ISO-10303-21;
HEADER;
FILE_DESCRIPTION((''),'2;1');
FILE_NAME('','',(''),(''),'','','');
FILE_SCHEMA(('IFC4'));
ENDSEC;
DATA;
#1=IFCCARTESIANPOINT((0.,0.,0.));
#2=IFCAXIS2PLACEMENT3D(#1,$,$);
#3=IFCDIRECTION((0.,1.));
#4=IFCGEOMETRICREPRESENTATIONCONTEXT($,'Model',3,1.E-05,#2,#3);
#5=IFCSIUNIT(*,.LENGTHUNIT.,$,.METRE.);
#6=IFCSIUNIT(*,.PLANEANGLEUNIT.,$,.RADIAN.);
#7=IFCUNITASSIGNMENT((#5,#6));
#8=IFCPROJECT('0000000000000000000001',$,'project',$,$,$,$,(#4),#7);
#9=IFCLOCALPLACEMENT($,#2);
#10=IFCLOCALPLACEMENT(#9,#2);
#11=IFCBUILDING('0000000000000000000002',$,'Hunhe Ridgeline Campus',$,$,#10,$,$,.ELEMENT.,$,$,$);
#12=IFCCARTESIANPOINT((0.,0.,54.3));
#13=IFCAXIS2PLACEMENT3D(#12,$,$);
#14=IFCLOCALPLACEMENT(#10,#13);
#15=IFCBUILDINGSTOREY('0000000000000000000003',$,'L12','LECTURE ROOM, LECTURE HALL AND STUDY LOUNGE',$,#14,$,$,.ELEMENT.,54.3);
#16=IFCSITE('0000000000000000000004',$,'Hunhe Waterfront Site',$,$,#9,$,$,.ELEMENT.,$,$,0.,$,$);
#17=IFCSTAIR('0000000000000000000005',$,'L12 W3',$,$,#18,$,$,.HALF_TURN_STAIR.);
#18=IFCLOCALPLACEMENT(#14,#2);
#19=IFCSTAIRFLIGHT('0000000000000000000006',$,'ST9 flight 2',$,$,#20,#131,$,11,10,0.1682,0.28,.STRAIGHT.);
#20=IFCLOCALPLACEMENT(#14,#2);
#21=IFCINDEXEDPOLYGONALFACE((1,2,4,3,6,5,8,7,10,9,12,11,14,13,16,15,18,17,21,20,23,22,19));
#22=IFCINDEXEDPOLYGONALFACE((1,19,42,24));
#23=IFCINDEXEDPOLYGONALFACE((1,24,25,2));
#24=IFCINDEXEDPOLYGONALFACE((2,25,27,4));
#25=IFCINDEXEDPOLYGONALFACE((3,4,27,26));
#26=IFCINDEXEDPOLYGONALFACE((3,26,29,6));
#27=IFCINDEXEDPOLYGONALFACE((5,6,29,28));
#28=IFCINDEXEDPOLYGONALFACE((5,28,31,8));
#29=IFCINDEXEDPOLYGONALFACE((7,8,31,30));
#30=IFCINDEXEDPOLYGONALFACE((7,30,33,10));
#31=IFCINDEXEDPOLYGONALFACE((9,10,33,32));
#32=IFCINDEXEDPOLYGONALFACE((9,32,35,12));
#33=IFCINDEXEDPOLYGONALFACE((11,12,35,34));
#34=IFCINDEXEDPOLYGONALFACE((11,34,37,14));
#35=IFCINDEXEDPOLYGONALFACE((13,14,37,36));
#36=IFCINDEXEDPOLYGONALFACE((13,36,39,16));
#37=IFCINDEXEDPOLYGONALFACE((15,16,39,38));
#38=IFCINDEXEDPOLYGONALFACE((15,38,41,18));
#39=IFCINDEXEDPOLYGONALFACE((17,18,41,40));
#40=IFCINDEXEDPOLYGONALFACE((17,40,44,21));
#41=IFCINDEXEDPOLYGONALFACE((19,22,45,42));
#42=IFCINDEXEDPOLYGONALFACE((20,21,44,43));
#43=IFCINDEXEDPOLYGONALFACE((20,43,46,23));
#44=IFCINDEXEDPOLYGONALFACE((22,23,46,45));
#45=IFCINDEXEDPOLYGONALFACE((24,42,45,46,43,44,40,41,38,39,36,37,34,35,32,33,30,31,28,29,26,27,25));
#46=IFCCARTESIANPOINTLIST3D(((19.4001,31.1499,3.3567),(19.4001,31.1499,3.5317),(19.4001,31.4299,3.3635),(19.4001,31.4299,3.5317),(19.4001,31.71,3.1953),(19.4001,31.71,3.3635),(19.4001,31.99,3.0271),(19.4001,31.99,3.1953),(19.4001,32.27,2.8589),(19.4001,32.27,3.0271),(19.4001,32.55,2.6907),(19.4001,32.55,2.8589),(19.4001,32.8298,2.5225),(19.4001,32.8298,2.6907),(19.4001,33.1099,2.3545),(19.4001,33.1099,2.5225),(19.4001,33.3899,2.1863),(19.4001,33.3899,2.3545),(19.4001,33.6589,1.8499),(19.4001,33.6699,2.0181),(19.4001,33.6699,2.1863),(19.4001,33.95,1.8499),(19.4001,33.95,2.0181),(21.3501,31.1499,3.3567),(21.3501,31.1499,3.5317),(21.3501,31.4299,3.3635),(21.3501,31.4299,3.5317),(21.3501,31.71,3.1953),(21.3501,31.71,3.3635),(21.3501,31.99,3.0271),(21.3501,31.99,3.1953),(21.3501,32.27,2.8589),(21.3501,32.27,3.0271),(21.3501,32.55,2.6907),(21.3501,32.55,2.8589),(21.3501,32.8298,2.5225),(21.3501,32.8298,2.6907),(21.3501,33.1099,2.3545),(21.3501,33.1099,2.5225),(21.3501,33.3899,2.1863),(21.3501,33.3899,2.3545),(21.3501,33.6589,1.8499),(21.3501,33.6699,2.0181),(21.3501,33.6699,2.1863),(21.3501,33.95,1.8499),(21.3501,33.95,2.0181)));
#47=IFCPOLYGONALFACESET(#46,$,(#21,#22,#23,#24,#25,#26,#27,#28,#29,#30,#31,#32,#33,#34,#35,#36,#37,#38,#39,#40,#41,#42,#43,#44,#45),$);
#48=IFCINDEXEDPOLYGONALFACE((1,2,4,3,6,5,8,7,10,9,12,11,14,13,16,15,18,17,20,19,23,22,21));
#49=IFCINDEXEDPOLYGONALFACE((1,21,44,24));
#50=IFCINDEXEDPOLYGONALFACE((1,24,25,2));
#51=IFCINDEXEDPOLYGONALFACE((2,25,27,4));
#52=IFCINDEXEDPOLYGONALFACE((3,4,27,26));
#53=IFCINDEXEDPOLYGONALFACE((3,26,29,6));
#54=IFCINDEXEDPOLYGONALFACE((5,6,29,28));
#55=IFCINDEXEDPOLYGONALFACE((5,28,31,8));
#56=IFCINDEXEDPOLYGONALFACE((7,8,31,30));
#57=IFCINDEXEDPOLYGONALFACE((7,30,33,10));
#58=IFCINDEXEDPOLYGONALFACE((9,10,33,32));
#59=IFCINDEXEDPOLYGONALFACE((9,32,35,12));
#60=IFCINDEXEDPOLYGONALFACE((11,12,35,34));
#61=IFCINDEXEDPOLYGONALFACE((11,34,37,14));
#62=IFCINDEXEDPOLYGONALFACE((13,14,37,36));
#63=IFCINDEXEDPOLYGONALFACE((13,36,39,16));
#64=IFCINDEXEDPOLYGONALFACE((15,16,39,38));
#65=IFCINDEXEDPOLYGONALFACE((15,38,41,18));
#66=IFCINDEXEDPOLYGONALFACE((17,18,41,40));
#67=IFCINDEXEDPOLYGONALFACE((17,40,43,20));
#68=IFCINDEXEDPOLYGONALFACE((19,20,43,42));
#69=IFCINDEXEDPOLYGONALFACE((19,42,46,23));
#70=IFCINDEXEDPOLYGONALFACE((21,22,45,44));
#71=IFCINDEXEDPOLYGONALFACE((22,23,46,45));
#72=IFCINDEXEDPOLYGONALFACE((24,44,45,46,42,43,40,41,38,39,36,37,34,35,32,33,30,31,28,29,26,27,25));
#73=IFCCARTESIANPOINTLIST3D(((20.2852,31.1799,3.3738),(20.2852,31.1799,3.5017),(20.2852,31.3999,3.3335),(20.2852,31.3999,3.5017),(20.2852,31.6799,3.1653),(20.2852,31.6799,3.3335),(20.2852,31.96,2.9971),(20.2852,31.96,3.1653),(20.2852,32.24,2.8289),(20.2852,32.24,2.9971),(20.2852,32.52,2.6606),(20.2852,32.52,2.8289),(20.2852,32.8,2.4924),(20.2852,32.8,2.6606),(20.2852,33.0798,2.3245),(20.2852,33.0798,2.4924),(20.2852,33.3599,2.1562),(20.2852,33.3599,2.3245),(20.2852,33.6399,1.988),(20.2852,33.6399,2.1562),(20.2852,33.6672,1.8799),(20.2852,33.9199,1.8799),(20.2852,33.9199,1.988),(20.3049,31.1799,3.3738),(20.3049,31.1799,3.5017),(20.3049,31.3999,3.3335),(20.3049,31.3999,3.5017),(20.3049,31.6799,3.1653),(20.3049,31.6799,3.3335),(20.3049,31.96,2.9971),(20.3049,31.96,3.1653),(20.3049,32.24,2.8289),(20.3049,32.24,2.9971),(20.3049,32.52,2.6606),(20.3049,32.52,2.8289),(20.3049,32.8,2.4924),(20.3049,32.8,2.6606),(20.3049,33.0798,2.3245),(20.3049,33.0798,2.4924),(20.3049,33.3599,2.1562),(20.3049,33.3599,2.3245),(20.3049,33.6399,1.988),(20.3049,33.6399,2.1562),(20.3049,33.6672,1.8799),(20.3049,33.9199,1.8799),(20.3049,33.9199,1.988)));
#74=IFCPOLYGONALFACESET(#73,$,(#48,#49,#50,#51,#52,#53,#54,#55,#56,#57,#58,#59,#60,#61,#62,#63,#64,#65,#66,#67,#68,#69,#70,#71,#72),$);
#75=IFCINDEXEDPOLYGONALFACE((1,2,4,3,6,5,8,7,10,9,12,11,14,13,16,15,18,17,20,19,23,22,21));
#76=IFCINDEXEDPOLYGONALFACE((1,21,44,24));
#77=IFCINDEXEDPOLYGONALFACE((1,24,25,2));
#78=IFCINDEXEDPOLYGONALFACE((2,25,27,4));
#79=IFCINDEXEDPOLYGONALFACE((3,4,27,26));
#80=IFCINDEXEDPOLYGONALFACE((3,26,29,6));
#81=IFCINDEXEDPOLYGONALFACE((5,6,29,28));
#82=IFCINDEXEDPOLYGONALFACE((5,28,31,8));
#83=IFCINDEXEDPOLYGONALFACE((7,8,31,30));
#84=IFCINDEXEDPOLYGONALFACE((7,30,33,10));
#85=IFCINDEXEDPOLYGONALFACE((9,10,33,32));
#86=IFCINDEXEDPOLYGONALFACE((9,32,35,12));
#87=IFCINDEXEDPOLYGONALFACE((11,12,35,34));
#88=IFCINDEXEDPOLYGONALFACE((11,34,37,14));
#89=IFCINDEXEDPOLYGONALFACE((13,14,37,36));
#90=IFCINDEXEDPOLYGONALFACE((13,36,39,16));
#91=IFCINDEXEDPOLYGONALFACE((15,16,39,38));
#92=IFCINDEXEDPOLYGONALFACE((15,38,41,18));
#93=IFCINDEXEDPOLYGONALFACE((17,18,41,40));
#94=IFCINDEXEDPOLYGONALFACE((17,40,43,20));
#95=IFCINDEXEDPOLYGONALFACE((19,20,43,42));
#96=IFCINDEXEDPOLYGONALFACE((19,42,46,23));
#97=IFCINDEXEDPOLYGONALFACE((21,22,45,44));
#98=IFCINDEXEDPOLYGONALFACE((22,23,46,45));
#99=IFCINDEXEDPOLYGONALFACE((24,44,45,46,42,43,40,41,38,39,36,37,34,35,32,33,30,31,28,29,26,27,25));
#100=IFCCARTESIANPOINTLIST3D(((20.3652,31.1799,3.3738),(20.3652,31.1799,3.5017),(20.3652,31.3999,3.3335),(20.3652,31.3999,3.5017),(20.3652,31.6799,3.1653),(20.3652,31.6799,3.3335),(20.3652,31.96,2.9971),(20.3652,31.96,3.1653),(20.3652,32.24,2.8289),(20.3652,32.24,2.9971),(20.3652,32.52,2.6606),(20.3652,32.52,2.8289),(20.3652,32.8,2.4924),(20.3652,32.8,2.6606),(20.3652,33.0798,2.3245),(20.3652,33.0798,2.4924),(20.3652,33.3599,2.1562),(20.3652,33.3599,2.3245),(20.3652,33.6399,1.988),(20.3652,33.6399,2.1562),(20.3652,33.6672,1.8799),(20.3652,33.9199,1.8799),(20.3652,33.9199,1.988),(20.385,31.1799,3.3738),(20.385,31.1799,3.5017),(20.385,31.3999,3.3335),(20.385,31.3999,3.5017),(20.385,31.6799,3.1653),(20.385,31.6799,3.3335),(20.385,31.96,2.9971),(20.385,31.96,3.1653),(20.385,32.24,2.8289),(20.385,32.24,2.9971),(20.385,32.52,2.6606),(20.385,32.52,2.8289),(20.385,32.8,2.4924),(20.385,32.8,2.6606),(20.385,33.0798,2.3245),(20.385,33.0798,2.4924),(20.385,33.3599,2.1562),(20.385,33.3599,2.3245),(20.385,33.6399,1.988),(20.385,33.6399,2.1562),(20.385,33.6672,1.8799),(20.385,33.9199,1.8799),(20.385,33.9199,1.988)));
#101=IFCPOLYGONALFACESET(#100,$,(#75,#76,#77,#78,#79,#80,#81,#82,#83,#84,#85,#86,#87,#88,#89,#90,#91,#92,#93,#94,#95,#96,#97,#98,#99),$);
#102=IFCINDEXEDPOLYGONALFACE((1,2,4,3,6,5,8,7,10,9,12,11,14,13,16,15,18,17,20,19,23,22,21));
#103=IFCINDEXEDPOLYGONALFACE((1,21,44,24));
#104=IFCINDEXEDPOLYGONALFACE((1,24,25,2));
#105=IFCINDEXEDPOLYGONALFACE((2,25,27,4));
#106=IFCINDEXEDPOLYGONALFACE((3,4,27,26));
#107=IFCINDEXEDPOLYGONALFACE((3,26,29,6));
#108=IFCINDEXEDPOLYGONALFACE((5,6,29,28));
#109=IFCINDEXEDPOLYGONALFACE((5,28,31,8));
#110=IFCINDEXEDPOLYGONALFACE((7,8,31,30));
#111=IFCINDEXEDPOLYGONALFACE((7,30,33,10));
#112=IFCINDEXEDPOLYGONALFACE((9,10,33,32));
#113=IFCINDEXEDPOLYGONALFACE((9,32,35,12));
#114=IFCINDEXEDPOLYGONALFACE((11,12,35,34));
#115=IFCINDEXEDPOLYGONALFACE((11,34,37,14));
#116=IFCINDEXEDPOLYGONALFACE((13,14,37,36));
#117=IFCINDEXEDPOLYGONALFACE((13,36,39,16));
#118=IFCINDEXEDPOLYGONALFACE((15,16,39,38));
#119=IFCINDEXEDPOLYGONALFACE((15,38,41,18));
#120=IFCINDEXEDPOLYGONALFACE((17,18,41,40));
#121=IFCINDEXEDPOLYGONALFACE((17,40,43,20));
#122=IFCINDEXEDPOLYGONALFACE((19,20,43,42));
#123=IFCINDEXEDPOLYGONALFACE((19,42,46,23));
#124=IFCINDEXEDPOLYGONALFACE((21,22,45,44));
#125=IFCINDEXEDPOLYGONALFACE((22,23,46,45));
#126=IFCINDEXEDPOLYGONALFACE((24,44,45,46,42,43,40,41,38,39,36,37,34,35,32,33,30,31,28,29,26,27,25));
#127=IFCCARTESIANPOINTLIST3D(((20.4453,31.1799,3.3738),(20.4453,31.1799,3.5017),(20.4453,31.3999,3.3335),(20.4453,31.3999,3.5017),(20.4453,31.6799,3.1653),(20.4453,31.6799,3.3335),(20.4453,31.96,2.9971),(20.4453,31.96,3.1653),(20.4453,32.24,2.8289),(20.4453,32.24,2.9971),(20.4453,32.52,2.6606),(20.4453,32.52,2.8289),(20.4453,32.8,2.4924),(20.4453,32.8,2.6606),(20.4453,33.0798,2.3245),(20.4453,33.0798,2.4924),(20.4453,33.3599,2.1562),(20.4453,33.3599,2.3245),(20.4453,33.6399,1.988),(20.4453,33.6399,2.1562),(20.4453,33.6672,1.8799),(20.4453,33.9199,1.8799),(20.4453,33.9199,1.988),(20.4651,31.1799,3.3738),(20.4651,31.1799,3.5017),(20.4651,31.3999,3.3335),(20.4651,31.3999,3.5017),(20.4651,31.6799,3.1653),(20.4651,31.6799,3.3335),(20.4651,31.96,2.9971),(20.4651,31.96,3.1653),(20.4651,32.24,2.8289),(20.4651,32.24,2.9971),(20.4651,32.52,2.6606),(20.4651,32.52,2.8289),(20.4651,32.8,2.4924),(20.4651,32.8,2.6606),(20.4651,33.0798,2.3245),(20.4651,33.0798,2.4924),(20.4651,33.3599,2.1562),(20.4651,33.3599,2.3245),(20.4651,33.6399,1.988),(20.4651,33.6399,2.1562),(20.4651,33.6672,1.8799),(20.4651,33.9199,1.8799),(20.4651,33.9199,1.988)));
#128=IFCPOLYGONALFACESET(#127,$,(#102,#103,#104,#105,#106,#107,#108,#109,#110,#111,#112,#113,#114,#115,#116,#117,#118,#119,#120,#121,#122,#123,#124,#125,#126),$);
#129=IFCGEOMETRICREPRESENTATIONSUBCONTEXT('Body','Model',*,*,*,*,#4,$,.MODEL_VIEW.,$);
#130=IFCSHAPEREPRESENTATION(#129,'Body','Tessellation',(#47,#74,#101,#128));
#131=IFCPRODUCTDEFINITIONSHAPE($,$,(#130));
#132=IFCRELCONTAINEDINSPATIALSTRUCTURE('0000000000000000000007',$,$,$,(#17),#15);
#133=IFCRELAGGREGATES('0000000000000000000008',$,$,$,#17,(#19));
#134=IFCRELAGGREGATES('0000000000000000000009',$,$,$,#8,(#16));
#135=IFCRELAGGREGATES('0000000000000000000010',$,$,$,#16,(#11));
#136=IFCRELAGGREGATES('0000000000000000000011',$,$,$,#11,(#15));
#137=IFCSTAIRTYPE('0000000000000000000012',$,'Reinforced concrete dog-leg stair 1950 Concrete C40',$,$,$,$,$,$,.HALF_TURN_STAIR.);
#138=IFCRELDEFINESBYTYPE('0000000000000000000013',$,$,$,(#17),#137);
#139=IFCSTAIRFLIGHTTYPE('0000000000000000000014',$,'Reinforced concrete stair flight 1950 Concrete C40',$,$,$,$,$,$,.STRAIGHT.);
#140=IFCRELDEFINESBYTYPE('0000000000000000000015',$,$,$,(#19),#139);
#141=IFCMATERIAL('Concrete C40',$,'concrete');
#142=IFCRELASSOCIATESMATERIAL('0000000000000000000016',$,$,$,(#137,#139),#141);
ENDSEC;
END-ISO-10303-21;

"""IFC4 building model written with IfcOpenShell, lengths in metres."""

from ifc_helpers import new_model, si_unit, direction, frame, origin, place, context, subcontext, project, spatial, polyline, outline, extrude, material, type_object, element, aggregate, save


model = new_model("IFC4")

# Units and contexts
model_context = context("Model", 3, precision=1e-05, world=origin(), true_north=direction((0.0, 1.0)))
body_context = subcontext(model_context, "Body", "Model", "MODEL_VIEW")
ifc_project = project(units=[si_unit("LENGTHUNIT", "METRE"), si_unit("PLANEANGLEUNIT", "RADIAN")], contexts=[model_context])

# Site, building, storey
site_placement = place(None, origin())
site = spatial("IfcSite", under=ifc_project, at=site_placement, Name="Hunhe Waterfront Site", CompositionType="ELEMENT", RefElevation=0.0)
building_placement = place(site_placement, origin())
building = spatial("IfcBuilding", under=site, at=building_placement, Name="Hunhe Ridgeline Campus", CompositionType="ELEMENT")
storey_placement = place(building_placement, frame((0.0, 0.0, 54.3)))
storey = spatial("IfcBuildingStorey", under=building, at=storey_placement, Name="L12", Description="LECTURE ROOM, LECTURE HALL AND STUDY LOUNGE", CompositionType="ELEMENT", Elevation=54.3)

# Stair, stair flight
ifc_material_1 = material(Name="Concrete C40", Category="concrete")
stair_type = type_object("IfcStairType", Name="Reinforced concrete dog-leg stair 1950 Concrete C40", PredefinedType="HALF_TURN_STAIR", material=ifc_material_1)
stair_placement = place(storey_placement, origin())
stair = element("IfcStair", 1, at=stair_placement, inside=storey, type_object=stair_type, Name="L12 W3", PredefinedType="HALF_TURN_STAIR")
stair_flight_type = type_object("IfcStairFlightType", Name="Reinforced concrete stair flight 1950 Concrete C40", PredefinedType="STRAIGHT", material=ifc_material_1)
stair_flight_placement = place(storey_placement, frame((20.375, 33.95, 1.8499), z_axis=(0.0, 0.0, 1.0), x_axis=(0.0, -1.0, 0.0)))
stair_flight = element("IfcStairFlight", 2, at=stair_flight_placement, type_object=stair_flight_type, Name="ST9 flight 2", NumberOfRisers=11, NumberOfTreads=10, PredefinedType="STRAIGHT", RiserHeight=0.1682, TreadLength=0.28, context=body_context, shape_type="SweptSolid", body=[
    extrude(outline(polyline([(0.0, 0.0), (0.0, 0.1682), (0.28, 0.1682), (0.28, 0.3364), (0.5601, 0.3364), (0.5601, 0.5046), (0.8401, 0.5046), (0.8401, 0.6726), (1.1201, 0.6726), (1.1201, 0.8408), (1.3999, 0.8408), (1.3999, 1.009), (1.6799, 1.009), (1.6799, 1.1772), (1.96, 1.1772), (1.96, 1.3455), (2.24, 1.3455), (2.24, 1.5137), (2.52, 1.5137), (2.52, 1.6819), (2.8, 1.6819), (2.8, 1.8501), (2.8, 1.5068), (0.291, 0.0), (0.0, 0.0)])), frame((0.0, 0.9751, 0.0), z_axis=(0.0, -1.0, 0.0), x_axis=(1.0, 0.0, 0.0)), (0.0, 0.0, 1.0), 1.95),
    extrude(outline(polyline([(0.03, 0.03), (0.03, 0.1382), (0.3101, 0.1382), (0.3101, 0.3064), (0.5901, 0.3064), (0.5901, 0.4746), (0.8701, 0.4746), (0.8701, 0.6426), (1.1499, 0.6426), (1.1499, 0.8108), (1.4299, 0.8108), (1.4299, 0.979), (1.71, 0.979), (1.71, 1.1472), (1.99, 1.1472), (1.99, 1.3154), (2.27, 1.3154), (2.27, 1.4836), (2.55, 1.4836), (2.55, 1.6519), (2.77, 1.6519), (2.77, 1.5239), (0.2827, 0.03), (0.03, 0.03)])), frame((0.0, -0.0701, 0.0), z_axis=(0.0, -1.0, 0.0), x_axis=(1.0, 0.0, 0.0)), (0.0, 0.0, 1.0), 0.0198),
    extrude(outline(polyline([(0.03, 0.03), (0.03, 0.1382), (0.3101, 0.1382), (0.3101, 0.3064), (0.5901, 0.3064), (0.5901, 0.4746), (0.8701, 0.4746), (0.8701, 0.6426), (1.1499, 0.6426), (1.1499, 0.8108), (1.4299, 0.8108), (1.4299, 0.979), (1.71, 0.979), (1.71, 1.1472), (1.99, 1.1472), (1.99, 1.3154), (2.27, 1.3154), (2.27, 1.4836), (2.55, 1.4836), (2.55, 1.6519), (2.77, 1.6519), (2.77, 1.5239), (0.2827, 0.03), (0.03, 0.03)])), frame((0.0, 0.01, 0.0), z_axis=(0.0, -1.0, 0.0), x_axis=(1.0, 0.0, 0.0)), (0.0, 0.0, 1.0), 0.0198),
    extrude(outline(polyline([(0.03, 0.03), (0.03, 0.1382), (0.3101, 0.1382), (0.3101, 0.3064), (0.5901, 0.3064), (0.5901, 0.4746), (0.8701, 0.4746), (0.8701, 0.6426), (1.1499, 0.6426), (1.1499, 0.8108), (1.4299, 0.8108), (1.4299, 0.979), (1.71, 0.979), (1.71, 1.1472), (1.99, 1.1472), (1.99, 1.3154), (2.27, 1.3154), (2.27, 1.4836), (2.55, 1.4836), (2.55, 1.6519), (2.77, 1.6519), (2.77, 1.5239), (0.2827, 0.03), (0.03, 0.03)])), frame((0.0, 0.0901, 0.0), z_axis=(0.0, -1.0, 0.0), x_axis=(1.0, 0.0, 0.0)), (0.0, 0.0, 1.0), 0.0198),
])
aggregate(stair, [stair_flight])

save(model, "model.ifc")
